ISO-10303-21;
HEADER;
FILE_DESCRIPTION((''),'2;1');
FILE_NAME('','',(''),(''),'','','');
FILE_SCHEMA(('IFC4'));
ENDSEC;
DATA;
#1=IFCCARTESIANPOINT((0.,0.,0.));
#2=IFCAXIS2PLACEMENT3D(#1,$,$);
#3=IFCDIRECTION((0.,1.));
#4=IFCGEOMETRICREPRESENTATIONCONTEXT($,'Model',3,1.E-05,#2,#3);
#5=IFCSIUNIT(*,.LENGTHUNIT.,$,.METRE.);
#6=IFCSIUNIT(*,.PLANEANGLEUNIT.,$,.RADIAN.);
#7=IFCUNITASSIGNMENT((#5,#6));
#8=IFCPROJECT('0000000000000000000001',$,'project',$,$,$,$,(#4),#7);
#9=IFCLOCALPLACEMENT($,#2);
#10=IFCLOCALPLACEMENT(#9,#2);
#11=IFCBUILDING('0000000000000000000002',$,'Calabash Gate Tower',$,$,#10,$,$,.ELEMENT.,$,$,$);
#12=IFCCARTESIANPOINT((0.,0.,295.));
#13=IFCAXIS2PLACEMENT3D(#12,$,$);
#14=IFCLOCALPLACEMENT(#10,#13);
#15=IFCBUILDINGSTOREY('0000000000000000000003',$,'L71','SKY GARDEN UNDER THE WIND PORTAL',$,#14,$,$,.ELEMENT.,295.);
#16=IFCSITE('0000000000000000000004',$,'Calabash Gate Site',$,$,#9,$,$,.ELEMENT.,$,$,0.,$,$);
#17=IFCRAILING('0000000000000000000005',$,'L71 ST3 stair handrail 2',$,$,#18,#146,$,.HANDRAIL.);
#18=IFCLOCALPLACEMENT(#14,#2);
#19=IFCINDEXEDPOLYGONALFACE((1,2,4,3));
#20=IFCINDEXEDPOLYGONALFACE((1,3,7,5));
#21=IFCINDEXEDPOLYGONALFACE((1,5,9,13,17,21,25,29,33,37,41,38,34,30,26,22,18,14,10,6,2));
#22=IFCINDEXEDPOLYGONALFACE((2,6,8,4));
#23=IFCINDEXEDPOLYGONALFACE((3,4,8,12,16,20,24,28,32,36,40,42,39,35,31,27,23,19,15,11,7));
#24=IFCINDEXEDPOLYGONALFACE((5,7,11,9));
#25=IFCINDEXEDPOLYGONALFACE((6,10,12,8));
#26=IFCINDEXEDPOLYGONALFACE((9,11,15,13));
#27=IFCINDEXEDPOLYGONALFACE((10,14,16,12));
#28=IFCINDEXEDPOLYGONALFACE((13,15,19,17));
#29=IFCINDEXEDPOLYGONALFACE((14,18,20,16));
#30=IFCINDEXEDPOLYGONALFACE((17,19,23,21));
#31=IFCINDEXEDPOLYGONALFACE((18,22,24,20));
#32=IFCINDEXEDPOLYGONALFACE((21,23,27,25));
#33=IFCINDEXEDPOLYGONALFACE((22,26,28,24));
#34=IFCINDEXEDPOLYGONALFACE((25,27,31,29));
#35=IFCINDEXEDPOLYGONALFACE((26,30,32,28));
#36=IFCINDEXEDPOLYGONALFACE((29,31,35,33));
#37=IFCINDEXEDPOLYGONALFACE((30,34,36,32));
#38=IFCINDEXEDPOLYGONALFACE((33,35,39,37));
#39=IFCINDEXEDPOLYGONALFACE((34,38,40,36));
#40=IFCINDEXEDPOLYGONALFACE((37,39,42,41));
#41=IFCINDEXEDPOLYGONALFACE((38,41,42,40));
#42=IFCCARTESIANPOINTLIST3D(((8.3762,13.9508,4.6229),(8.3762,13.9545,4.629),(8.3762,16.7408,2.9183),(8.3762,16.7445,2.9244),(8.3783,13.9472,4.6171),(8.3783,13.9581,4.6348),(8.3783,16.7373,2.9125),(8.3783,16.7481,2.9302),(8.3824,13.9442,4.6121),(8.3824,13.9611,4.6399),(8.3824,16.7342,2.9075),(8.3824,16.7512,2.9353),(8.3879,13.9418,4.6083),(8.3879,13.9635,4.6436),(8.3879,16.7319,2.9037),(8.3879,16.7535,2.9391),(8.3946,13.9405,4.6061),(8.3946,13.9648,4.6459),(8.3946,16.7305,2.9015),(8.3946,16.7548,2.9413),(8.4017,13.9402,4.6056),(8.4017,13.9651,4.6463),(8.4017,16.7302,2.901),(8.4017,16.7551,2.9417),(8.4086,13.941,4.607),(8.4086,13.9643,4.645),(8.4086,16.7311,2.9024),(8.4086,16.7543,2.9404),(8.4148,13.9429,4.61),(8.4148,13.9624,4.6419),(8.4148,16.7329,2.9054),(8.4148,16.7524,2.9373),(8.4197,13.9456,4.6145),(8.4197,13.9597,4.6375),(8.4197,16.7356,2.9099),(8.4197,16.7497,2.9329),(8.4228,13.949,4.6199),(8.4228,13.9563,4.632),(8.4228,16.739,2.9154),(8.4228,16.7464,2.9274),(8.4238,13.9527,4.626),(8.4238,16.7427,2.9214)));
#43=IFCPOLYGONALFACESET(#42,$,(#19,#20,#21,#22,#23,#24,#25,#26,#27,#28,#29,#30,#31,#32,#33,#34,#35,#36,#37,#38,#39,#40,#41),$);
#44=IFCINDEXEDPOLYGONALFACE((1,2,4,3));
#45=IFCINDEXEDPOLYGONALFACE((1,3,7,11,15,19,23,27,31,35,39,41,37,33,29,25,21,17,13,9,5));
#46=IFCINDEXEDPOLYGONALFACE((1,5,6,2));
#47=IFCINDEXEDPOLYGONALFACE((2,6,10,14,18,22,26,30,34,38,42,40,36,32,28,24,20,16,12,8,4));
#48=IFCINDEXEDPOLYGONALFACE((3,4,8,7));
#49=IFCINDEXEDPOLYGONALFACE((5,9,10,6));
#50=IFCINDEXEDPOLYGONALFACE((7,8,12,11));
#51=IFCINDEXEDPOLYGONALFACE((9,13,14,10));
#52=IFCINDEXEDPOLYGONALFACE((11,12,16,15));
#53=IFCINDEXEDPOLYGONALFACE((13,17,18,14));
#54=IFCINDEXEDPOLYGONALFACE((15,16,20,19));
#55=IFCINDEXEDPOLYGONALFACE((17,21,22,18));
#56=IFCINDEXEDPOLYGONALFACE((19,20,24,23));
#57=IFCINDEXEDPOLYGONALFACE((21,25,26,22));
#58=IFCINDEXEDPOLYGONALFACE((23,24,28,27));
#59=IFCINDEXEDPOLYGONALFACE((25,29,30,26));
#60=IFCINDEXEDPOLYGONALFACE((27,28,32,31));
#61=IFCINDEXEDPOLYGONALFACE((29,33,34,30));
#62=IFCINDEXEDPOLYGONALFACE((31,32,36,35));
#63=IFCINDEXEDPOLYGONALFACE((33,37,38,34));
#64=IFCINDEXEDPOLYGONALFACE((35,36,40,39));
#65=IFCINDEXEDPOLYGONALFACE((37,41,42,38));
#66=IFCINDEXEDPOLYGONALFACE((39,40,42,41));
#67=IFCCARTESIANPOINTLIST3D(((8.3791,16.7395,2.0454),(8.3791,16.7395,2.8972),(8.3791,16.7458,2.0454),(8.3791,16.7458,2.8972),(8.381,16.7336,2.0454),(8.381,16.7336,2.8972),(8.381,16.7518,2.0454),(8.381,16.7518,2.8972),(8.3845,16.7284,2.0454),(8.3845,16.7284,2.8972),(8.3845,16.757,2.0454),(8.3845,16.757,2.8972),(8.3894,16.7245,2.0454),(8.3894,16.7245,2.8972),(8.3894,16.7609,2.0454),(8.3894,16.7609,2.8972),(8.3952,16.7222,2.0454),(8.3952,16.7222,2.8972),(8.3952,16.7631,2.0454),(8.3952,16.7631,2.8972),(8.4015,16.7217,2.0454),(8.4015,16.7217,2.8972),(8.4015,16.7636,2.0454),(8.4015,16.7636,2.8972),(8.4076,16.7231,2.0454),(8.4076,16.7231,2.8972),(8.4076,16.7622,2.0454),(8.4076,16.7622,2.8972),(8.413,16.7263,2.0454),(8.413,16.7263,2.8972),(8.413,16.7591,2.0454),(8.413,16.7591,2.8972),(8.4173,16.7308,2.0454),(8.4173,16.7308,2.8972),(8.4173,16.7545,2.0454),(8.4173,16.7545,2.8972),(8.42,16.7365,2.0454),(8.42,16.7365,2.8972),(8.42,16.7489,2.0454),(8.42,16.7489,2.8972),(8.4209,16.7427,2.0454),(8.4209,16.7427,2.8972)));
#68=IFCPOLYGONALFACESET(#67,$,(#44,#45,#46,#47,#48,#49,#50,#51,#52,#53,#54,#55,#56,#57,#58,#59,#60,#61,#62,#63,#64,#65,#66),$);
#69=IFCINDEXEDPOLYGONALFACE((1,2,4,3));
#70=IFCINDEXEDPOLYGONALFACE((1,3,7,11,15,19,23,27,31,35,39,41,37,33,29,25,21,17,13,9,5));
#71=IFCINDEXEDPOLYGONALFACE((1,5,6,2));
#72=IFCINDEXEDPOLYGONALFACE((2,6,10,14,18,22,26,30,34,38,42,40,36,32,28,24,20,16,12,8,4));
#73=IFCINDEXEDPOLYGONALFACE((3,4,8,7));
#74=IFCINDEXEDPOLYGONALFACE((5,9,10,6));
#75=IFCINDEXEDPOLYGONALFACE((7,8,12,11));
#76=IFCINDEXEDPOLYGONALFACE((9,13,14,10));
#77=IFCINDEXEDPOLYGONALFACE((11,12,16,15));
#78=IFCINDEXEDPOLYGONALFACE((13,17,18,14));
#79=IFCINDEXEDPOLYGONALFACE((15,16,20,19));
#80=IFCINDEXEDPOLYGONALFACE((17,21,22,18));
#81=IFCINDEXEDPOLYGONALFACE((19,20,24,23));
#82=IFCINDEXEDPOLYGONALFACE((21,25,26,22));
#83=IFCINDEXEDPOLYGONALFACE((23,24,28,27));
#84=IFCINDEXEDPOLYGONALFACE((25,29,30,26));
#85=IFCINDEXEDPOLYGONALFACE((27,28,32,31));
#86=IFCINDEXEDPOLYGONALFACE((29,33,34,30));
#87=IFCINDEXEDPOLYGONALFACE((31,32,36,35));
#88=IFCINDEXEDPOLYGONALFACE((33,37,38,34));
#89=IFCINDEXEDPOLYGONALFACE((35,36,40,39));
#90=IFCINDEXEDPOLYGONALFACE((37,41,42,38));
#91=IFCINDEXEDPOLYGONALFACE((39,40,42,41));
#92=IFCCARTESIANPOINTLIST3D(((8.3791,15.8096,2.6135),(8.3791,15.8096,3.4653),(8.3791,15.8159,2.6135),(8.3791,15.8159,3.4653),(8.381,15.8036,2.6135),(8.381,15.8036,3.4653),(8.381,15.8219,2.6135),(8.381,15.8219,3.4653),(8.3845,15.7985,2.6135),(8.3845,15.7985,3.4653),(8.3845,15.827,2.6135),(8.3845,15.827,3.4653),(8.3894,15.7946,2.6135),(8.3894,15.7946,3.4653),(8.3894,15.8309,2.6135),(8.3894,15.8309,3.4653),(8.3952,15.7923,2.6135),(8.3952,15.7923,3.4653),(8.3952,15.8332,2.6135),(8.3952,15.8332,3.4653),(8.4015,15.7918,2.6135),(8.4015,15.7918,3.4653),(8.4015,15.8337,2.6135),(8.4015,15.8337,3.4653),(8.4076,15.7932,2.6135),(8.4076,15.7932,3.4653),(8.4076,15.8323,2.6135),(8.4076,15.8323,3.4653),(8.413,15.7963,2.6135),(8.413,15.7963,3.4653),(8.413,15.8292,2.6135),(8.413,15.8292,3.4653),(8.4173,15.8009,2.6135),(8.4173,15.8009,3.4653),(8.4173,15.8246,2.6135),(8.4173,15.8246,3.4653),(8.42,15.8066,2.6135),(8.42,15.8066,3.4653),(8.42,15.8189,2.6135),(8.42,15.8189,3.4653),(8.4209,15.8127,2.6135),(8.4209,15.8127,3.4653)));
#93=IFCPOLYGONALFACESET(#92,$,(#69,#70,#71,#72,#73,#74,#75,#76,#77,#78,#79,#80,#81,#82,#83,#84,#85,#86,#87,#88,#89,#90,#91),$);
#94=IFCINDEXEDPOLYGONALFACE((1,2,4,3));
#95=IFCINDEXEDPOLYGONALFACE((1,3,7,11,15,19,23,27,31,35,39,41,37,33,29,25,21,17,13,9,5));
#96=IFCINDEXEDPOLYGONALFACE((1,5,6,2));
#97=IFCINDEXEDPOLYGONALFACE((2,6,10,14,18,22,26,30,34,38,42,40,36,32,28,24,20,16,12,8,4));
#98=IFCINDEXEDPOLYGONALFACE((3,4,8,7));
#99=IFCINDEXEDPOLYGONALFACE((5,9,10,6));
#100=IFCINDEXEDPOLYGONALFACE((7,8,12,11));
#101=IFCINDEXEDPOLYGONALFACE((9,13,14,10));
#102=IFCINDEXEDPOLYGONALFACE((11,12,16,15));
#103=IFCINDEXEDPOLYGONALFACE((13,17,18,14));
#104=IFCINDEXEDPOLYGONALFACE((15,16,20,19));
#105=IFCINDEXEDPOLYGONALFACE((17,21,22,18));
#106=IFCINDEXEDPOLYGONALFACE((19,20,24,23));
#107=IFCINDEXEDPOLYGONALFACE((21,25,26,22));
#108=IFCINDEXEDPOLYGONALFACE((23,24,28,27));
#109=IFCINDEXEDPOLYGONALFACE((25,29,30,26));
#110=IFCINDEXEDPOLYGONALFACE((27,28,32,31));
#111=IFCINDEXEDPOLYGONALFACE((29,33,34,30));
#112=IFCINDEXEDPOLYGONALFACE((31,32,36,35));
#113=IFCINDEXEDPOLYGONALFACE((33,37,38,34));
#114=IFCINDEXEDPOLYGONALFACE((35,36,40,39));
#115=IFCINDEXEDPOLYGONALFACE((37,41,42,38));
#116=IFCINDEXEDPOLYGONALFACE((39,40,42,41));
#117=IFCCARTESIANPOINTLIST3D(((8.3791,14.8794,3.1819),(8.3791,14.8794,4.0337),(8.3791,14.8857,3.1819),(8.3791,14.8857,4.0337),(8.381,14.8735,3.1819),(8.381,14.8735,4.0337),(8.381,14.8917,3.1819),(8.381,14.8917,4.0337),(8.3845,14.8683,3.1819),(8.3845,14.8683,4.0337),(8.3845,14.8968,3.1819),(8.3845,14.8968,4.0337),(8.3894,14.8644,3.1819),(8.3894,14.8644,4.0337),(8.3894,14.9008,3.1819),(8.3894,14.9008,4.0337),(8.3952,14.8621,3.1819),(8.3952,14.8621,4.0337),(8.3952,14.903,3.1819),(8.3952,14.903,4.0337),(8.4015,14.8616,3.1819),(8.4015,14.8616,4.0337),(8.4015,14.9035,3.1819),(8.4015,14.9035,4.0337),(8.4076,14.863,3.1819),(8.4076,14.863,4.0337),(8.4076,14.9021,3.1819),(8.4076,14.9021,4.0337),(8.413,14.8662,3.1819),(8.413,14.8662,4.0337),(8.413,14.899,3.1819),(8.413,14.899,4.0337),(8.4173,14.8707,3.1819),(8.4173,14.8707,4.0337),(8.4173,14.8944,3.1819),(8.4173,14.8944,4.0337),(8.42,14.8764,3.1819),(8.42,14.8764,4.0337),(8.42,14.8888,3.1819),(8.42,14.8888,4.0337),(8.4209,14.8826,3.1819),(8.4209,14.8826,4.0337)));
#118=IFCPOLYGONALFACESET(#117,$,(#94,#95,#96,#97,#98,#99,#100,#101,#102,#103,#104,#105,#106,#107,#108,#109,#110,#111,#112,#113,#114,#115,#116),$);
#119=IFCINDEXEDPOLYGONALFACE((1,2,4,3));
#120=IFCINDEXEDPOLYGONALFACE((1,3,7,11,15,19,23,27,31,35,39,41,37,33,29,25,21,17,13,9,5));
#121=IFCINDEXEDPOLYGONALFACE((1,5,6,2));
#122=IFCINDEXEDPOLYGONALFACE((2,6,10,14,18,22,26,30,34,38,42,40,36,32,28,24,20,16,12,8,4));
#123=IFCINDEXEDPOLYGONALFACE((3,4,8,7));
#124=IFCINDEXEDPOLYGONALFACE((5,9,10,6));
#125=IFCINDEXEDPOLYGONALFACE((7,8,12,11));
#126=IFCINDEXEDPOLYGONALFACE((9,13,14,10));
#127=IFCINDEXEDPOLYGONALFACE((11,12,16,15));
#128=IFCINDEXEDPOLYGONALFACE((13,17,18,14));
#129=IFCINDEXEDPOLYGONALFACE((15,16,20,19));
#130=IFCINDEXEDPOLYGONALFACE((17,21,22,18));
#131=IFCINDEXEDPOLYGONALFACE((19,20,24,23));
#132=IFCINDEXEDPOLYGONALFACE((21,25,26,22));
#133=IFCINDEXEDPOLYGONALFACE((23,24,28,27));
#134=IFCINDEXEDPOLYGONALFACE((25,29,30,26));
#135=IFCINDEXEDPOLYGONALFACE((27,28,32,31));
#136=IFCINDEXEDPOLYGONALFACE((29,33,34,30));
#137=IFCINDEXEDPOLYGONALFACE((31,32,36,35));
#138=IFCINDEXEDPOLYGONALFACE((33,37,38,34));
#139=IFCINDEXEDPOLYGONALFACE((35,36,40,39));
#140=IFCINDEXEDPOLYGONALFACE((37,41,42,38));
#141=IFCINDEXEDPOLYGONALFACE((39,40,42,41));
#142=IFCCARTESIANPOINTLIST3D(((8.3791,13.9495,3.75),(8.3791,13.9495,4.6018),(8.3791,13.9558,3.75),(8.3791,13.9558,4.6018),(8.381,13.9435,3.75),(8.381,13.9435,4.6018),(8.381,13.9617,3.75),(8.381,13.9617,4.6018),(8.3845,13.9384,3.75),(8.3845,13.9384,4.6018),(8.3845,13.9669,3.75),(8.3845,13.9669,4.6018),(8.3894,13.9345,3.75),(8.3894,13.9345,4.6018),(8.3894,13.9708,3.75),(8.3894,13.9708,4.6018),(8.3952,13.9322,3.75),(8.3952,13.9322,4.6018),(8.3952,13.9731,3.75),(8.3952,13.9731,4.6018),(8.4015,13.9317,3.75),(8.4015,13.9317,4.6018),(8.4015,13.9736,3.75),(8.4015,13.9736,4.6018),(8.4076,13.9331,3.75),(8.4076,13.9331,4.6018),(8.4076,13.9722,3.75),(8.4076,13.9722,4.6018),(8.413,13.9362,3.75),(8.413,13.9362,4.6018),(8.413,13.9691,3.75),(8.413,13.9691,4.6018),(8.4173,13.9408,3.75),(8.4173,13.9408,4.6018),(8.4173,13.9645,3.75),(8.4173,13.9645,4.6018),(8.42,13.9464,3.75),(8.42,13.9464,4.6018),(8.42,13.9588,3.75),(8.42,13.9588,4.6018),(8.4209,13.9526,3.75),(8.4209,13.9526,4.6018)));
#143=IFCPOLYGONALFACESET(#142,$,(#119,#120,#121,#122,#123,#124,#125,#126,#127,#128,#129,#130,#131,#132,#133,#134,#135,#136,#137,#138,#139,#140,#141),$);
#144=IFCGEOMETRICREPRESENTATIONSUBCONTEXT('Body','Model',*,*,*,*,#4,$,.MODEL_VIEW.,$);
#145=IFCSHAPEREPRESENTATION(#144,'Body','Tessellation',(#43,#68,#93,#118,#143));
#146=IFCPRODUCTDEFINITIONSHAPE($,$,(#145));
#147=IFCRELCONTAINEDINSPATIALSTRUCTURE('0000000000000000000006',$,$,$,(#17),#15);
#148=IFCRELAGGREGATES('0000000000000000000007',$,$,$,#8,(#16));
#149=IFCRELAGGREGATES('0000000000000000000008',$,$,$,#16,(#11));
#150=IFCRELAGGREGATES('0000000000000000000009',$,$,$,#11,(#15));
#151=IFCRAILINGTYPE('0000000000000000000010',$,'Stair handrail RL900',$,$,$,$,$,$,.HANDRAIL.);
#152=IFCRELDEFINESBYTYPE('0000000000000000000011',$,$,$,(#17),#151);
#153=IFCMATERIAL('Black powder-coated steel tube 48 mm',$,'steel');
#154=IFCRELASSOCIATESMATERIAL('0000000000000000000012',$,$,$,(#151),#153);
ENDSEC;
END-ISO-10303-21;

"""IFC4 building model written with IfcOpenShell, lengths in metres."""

from ifc_helpers import new_model, si_unit, direction, frame, origin, origin_2d, place, context, subcontext, project, spatial, circle, extrude, material, type_object, element, save


model = new_model("IFC4")

# Units and contexts
model_context = context("Model", 3, precision=1e-05, world=origin(), true_north=direction((0.0, 1.0)))
body_context = subcontext(model_context, "Body", "Model", "MODEL_VIEW")
ifc_project = project(units=[si_unit("LENGTHUNIT", "METRE"), si_unit("PLANEANGLEUNIT", "RADIAN")], contexts=[model_context])

# Site, building, storey
site_placement = place(None, origin())
site = spatial("IfcSite", under=ifc_project, at=site_placement, Name="Calabash Gate Site", CompositionType="ELEMENT", RefElevation=0.0)
building_placement = place(site_placement, origin())
building = spatial("IfcBuilding", under=site, at=building_placement, Name="Calabash Gate Tower", CompositionType="ELEMENT")
storey_placement = place(building_placement, frame((0.0, 0.0, 295.0)))
storey = spatial("IfcBuildingStorey", under=building, at=storey_placement, Name="L71", Description="SKY GARDEN UNDER THE WIND PORTAL", CompositionType="ELEMENT", Elevation=295.0)

# Railing
ifc_material_1 = material(Name="Black powder-coated steel tube 48 mm", Category="steel")
railing_type = type_object("IfcRailingType", Name="Stair handrail RL900", PredefinedType="HANDRAIL", material=ifc_material_1)
for number, where, name in (
    (1, (8.3999, 16.7427, 2.0454), "L71 ST3 stair handrail 2"),
):
    element("IfcRailing", number, at=place(storey_placement, frame(where)), inside=storey, type_object=railing_type, Name=name, PredefinedType="HANDRAIL", context=body_context, shape_type="SweptSolid", body=[
        extrude(circle(Radius=0.0239, at=origin_2d()), frame((0.0, 0.0, 0.876), z_axis=(0.0, -0.853341, 0.521353), x_axis=(1.0, 0.0, 0.0)), (0.0, 0.0, 1.0), 3.2695),
        extrude(circle(Radius=0.021, at=origin_2d()), origin(), (0.0, 0.0, 1.0), 0.8518),
        extrude(circle(Radius=0.021, at=origin_2d()), frame((0.0, -0.9299, 0.5681)), (0.0, 0.0, 1.0), 0.8518),
        extrude(circle(Radius=0.021, at=origin_2d()), frame((0.0, -1.8601, 1.1365)), (0.0, 0.0, 1.0), 0.8518),
        extrude(circle(Radius=0.021, at=origin_2d()), frame((0.0, -2.79, 1.7046)), (0.0, 0.0, 1.0), 0.8518),
    ])

save(model, "model.ifc")
